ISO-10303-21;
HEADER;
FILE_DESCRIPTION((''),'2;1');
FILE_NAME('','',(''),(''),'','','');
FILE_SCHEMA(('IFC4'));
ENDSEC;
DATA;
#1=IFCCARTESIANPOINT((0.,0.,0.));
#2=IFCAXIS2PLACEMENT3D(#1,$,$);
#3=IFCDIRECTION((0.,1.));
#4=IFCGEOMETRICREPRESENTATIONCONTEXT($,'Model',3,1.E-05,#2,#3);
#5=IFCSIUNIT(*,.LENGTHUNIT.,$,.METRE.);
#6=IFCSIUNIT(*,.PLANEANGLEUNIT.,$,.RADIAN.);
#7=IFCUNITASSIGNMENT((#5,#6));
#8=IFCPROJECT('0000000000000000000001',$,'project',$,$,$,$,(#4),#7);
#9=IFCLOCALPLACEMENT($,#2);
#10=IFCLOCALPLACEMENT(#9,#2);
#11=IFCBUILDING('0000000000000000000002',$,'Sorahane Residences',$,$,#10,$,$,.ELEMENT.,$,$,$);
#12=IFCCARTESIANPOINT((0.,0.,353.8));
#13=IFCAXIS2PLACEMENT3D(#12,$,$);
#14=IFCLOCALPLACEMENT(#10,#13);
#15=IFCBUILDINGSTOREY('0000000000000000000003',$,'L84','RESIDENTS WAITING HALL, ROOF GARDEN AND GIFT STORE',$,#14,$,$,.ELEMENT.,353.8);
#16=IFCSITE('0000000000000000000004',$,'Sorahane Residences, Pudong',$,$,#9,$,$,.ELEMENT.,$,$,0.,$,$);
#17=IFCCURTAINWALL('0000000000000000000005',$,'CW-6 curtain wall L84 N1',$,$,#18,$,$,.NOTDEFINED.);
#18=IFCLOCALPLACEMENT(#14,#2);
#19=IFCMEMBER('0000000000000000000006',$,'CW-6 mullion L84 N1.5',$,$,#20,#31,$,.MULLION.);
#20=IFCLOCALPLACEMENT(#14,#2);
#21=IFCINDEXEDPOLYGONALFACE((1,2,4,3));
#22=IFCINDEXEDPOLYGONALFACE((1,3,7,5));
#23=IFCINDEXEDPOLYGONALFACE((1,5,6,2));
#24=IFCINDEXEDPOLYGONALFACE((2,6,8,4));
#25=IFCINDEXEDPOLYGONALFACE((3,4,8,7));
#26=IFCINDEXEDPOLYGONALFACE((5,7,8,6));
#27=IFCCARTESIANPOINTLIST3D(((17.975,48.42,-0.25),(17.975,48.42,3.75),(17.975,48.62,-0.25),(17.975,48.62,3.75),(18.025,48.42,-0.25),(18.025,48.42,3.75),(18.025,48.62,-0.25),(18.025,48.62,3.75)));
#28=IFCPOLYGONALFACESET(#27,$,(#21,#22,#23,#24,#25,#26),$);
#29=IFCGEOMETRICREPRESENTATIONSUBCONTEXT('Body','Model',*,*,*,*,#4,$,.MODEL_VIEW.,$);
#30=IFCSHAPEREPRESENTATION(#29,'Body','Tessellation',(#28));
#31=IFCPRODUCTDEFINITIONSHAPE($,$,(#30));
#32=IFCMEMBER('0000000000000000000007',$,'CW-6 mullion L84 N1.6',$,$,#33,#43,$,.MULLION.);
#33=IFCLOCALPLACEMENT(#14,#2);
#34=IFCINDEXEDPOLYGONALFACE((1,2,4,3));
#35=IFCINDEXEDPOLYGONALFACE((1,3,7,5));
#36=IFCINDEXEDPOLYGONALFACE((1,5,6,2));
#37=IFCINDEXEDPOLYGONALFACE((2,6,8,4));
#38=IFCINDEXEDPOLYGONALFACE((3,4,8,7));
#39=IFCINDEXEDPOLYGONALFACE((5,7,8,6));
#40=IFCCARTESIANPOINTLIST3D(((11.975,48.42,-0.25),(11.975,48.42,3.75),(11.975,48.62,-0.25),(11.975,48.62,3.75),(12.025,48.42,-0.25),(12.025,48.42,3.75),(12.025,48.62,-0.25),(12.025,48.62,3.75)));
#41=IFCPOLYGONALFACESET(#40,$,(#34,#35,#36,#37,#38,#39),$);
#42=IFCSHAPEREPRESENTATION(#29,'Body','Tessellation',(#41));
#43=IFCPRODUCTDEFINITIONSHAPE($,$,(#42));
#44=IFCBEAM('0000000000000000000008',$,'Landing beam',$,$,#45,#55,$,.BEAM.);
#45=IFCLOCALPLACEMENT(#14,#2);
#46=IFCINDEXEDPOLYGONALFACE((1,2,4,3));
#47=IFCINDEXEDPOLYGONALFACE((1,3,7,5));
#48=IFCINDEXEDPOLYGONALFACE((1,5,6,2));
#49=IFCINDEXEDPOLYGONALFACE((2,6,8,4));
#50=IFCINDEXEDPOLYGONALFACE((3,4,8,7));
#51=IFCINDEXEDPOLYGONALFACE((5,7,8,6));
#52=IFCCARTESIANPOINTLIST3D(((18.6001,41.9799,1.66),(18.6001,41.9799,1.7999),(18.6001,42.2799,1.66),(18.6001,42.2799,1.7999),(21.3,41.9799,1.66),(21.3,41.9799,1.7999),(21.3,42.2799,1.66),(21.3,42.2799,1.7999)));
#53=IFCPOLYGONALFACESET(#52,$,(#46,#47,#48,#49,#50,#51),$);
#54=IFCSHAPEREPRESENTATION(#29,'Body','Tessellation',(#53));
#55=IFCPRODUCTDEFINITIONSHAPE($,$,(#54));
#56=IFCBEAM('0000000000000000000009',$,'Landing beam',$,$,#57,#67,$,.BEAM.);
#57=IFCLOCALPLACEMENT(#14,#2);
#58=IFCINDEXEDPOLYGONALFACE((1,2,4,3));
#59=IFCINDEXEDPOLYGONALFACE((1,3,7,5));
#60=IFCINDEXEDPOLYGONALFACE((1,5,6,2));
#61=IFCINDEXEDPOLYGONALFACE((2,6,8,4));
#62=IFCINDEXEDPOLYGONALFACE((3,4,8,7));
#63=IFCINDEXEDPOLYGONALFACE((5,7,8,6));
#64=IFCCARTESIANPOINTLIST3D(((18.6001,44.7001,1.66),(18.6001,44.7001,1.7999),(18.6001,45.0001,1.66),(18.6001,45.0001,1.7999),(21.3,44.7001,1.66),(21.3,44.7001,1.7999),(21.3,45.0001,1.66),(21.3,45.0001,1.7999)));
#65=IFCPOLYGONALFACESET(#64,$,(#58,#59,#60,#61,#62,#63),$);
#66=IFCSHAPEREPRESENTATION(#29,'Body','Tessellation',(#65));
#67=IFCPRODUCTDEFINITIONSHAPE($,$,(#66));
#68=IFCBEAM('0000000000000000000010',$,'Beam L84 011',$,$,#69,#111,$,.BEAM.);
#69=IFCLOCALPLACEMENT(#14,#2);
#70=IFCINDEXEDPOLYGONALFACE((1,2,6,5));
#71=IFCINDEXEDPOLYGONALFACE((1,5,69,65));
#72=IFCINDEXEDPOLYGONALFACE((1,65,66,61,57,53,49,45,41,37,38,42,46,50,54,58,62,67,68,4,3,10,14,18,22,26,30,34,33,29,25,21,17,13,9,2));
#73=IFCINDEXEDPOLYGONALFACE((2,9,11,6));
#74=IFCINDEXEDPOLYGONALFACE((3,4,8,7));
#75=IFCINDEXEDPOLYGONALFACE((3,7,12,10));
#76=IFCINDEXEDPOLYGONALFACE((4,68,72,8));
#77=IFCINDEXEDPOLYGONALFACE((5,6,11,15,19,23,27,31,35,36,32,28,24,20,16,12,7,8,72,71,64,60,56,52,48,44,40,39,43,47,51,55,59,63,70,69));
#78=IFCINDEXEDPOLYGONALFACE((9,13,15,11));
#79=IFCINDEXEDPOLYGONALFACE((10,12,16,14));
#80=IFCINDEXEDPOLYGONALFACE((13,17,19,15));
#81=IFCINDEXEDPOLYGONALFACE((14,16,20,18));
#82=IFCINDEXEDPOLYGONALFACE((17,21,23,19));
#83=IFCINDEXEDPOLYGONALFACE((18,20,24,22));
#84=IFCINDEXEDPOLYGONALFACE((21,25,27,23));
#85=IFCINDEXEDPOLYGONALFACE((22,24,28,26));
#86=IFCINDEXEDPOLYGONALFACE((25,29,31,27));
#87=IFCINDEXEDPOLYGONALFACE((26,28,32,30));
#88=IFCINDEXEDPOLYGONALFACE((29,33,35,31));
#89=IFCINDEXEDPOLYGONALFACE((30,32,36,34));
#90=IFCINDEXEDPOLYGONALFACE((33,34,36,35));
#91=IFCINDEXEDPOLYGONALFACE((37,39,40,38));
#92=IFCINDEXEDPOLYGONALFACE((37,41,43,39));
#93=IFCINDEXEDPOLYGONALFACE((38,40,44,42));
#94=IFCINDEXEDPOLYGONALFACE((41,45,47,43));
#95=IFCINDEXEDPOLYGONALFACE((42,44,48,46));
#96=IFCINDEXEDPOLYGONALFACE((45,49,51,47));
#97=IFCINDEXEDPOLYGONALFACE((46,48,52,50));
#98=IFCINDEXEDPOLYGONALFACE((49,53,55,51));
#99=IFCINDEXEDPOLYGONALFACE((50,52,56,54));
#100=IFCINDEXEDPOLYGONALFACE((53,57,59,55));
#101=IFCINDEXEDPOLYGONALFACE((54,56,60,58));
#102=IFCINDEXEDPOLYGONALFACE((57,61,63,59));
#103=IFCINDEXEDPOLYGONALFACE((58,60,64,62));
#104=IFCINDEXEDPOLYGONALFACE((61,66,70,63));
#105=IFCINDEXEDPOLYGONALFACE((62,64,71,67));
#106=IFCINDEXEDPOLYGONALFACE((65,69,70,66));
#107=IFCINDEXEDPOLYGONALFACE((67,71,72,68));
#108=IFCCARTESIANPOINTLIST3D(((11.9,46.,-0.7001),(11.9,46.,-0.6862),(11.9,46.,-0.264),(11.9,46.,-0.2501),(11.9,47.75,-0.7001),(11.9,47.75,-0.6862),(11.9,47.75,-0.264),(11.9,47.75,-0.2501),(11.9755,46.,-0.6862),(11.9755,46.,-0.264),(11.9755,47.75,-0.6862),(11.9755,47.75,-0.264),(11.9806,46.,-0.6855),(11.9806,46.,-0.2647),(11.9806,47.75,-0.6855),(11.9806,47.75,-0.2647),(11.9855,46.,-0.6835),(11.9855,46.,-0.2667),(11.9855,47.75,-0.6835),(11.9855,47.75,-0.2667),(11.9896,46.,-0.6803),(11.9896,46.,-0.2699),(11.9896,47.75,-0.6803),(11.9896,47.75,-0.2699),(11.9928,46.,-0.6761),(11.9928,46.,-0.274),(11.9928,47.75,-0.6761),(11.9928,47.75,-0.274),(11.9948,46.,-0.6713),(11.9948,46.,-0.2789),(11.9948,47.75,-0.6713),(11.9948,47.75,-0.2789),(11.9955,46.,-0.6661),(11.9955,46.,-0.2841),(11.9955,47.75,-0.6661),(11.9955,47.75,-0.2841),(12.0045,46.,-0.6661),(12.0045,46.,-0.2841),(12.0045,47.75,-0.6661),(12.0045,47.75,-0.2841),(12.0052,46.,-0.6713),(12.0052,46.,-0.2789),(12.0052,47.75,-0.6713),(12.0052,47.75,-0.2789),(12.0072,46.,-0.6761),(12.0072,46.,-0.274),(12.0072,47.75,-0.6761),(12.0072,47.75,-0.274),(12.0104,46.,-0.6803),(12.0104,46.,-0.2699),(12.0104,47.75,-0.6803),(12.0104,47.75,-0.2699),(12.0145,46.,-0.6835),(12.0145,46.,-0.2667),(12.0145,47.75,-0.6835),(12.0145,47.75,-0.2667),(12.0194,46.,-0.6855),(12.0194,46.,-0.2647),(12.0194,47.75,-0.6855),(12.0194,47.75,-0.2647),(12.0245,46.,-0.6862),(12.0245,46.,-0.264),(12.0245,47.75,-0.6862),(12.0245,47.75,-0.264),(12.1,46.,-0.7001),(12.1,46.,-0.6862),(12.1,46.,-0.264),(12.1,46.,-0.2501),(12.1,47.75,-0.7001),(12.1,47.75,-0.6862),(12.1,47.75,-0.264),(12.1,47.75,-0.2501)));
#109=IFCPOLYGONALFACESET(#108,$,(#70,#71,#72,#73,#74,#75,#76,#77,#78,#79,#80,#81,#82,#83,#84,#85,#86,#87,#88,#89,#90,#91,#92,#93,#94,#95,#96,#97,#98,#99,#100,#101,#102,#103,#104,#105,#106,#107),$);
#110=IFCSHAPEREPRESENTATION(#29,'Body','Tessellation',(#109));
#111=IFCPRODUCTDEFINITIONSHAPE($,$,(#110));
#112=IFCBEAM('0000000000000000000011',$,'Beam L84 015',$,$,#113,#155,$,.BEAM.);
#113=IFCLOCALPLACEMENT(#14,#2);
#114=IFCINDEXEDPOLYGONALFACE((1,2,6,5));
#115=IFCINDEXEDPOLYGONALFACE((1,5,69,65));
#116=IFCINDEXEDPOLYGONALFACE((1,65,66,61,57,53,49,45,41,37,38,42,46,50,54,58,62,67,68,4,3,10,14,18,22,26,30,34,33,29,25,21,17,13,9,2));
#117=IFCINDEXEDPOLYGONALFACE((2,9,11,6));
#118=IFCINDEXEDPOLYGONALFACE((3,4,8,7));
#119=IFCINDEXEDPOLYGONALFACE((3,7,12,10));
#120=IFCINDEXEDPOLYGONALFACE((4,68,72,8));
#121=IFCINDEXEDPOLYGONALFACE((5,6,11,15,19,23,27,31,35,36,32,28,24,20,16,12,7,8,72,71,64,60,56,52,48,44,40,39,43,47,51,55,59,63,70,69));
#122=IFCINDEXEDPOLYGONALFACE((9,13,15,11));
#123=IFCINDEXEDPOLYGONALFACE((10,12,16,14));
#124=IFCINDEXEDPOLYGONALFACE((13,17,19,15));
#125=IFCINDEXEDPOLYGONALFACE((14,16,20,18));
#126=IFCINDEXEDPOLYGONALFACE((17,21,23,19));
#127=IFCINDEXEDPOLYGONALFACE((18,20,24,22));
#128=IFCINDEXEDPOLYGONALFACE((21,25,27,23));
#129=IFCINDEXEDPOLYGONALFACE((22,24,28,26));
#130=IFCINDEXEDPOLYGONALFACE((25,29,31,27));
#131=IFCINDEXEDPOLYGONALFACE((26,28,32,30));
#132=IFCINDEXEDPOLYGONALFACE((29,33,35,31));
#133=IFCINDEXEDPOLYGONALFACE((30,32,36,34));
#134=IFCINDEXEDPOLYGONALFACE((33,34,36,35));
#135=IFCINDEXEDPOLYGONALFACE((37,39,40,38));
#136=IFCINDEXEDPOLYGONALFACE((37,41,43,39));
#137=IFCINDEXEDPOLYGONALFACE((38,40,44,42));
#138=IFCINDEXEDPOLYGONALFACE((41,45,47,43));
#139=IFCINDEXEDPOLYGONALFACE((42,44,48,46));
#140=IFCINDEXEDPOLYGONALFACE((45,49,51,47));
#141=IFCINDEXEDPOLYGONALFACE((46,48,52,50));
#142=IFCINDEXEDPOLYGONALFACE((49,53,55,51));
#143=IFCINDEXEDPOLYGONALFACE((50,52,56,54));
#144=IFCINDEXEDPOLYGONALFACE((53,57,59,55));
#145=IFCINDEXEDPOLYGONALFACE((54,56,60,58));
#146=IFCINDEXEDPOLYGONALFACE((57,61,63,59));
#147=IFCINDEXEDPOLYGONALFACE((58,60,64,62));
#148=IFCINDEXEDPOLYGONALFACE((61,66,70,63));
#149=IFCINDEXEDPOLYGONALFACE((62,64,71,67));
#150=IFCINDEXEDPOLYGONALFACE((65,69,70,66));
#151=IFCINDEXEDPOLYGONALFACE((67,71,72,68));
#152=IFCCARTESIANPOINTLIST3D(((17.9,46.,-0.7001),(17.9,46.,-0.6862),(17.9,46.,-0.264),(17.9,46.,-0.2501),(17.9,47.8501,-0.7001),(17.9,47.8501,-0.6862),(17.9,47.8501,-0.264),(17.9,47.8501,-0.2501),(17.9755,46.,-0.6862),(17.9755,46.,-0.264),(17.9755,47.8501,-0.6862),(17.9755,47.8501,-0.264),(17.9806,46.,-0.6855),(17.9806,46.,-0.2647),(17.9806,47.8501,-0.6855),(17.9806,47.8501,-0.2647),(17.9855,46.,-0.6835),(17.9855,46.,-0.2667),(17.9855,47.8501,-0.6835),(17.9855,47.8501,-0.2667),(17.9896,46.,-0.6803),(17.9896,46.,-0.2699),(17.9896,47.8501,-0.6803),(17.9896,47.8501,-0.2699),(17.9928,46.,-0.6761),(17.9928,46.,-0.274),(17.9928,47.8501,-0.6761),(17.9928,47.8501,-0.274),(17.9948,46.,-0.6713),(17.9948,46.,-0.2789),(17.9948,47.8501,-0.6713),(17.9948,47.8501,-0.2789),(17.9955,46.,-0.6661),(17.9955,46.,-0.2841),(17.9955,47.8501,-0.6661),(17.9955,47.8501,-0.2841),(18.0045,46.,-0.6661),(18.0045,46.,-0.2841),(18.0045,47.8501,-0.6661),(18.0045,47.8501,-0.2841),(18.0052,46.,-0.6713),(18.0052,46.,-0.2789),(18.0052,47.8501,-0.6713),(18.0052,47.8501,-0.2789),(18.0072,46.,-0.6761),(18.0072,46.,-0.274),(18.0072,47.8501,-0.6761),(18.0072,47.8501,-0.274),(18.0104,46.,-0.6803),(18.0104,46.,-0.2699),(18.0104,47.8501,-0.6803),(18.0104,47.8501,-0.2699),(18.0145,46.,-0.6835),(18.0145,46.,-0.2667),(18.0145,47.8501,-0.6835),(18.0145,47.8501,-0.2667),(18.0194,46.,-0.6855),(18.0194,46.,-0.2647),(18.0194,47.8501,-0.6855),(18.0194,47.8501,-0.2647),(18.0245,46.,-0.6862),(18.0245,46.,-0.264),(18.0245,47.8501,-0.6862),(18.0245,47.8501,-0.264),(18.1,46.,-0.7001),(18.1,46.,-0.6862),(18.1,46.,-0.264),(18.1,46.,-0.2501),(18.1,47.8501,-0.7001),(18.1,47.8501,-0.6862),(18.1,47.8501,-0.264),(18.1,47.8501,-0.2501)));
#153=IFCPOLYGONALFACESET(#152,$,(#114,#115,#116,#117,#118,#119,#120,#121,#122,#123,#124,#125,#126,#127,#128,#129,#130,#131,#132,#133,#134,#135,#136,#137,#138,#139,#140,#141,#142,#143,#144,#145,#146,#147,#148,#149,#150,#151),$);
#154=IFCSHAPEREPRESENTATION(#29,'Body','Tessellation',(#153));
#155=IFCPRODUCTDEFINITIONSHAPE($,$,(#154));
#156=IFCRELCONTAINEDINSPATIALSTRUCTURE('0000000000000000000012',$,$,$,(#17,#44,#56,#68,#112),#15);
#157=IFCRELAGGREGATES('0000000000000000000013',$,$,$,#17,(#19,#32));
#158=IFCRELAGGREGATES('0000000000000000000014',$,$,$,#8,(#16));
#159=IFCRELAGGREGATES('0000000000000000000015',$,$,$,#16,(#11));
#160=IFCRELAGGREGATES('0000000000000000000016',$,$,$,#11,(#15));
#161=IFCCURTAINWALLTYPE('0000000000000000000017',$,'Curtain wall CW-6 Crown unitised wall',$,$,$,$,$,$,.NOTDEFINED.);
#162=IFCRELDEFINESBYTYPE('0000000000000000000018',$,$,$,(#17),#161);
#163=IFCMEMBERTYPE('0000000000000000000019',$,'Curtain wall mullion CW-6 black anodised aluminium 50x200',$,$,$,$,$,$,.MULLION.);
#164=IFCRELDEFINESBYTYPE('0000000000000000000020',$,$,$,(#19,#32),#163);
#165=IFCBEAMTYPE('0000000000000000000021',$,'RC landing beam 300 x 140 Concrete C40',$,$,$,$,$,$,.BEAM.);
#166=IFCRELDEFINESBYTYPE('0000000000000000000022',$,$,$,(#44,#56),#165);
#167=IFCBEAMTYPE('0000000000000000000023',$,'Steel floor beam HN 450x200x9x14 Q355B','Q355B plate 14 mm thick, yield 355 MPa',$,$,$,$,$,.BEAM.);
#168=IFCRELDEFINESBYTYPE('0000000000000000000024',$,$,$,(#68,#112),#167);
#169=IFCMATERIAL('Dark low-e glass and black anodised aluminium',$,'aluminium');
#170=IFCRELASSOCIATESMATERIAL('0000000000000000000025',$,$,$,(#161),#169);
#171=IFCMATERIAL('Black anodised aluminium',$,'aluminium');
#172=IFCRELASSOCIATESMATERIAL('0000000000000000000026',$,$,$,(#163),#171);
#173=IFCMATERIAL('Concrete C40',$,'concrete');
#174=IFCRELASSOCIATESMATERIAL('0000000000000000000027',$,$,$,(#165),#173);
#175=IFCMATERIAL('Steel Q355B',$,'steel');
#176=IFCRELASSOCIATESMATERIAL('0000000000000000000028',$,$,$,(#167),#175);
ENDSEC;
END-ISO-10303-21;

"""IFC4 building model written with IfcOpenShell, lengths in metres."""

from ifc_helpers import new_model, si_unit, direction, frame, origin, origin_2d, place, context, subcontext, project, spatial, rectangle, i_section, extrude, material, material_profile, profile_set, type_object, element, aggregate, save


model = new_model("IFC4")

# Units and contexts
model_context = context("Model", 3, precision=1e-05, world=origin(), true_north=direction((0.0, 1.0)))
body_context = subcontext(model_context, "Body", "Model", "MODEL_VIEW")
ifc_project = project(units=[si_unit("LENGTHUNIT", "METRE"), si_unit("PLANEANGLEUNIT", "RADIAN")], contexts=[model_context])

# Site, building, storey
site_placement = place(None, origin())
site = spatial("IfcSite", under=ifc_project, at=site_placement, Name="Sorahane Residences, Pudong", CompositionType="ELEMENT", RefElevation=0.0)
building_placement = place(site_placement, origin())
building = spatial("IfcBuilding", under=site, at=building_placement, Name="Sorahane Residences", CompositionType="ELEMENT")
storey_placement = place(building_placement, frame((0.0, 0.0, 353.8)))
storey = spatial("IfcBuildingStorey", under=building, at=storey_placement, Name="L84", Description="RESIDENTS WAITING HALL, ROOF GARDEN AND GIFT STORE", CompositionType="ELEMENT", Elevation=353.8)

# Curtain wall, members
ifc_material_1 = material(Name="Dark low-e glass and black anodised aluminium", Category="aluminium")
curtain_wall_type = type_object("IfcCurtainWallType", Name="Curtain wall CW-6 Crown unitised wall", PredefinedType="NOTDEFINED", material=ifc_material_1)
curtain_wall_placement = place(storey_placement, origin())
curtain_wall = element("IfcCurtainWall", 1, at=curtain_wall_placement, inside=storey, type_object=curtain_wall_type, Name="CW-6 curtain wall L84 N1", PredefinedType="NOTDEFINED")
ifc_material_2 = material(Name="Black anodised aluminium", Category="aluminium")
ifc_material_profile_1 = material_profile(ifc_material_2, rectangle(XDim=0.2, YDim=0.05, at=origin_2d()), Name="Curtain wall mullion CW-6 black anodised aluminium 50x200")
ifc_profile_set_1 = profile_set([ifc_material_profile_1], Name="Black anodised aluminium")
member_type_1 = type_object("IfcMemberType", Name="Curtain wall mullion CW-6 black anodised aluminium 50x200", PredefinedType="MULLION", material=ifc_profile_set_1)
member_1_placement = place(storey_placement, frame((18.0, 48.52, -0.25), z_axis=(0.0, 0.0, 1.0), x_axis=(0.0, 1.0, 0.0)))
member_1 = element("IfcMember", 2, at=member_1_placement, type_object=member_type_1, Name="CW-6 mullion L84 N1.5", PredefinedType="MULLION", context=body_context, shape_type="SweptSolid", body=[
    extrude(rectangle(XDim=0.2, YDim=0.05, at=origin_2d()), origin(), (0.0, 0.0, 1.0), 4.0),
])
member_2_placement = place(storey_placement, frame((12.0, 48.52, -0.25), z_axis=(0.0, 0.0, 1.0), x_axis=(0.0, 1.0, 0.0)))
member_2 = element("IfcMember", 3, at=member_2_placement, type_object=member_type_1, Name="CW-6 mullion L84 N1.6", PredefinedType="MULLION", context=body_context, shape_type="SweptSolid", body=[
    extrude(rectangle(XDim=0.2, YDim=0.05, at=origin_2d()), origin(), (0.0, 0.0, 1.0), 4.0),
])

# Beams
ifc_material_3 = material(Name="Concrete C40", Category="concrete")
ifc_material_profile_2 = material_profile(ifc_material_3, rectangle(XDim=0.3, YDim=0.1399, at=origin_2d()), Name="300x140")
ifc_profile_set_2 = profile_set([ifc_material_profile_2], Name="Concrete C40")
beam_type_1 = type_object("IfcBeamType", Name="RC landing beam 300 x 140 Concrete C40", PredefinedType="BEAM", material=ifc_profile_set_2)
for number, where, z_axis, x_axis, name in (
    (4, (18.6001, 42.1299, 1.73), (1.0, 0.0, 0.0), (0.0, 1.0, 0.0), "Landing beam"),
    (5, (18.6001, 44.8501, 1.73), (1.0, 0.0, 0.0), (0.0, 1.0, 0.0), "Landing beam"),
):
    element("IfcBeam", number, at=place(storey_placement, frame(where, z_axis=z_axis, x_axis=x_axis)), inside=storey, type_object=beam_type_1, Name=name, PredefinedType="BEAM", context=body_context, shape_type="SweptSolid", body=[
        extrude(rectangle(XDim=0.3, YDim=0.1399, at=origin_2d()), origin(), (0.0, 0.0, 1.0), 2.7),
    ])
ifc_material_4 = material(Name="Steel Q355B", Category="steel")
ifc_material_profile_3 = material_profile(ifc_material_4, i_section(OverallWidth=0.2, OverallDepth=0.45, WebThickness=0.009, FlangeThickness=0.0139, FilletRadius=0.02, at=origin_2d()), Name="HN 450x200x9x14")
ifc_profile_set_3 = profile_set([ifc_material_profile_3], Name="Steel Q355B")
beam_type_2 = type_object("IfcBeamType", Name="Steel floor beam HN 450x200x9x14 Q355B", Description="Q355B plate 14 mm thick, yield 355 MPa", PredefinedType="BEAM", material=ifc_profile_set_3)
beam_1_placement = place(storey_placement, frame((12.0, 46.0, -0.4751), z_axis=(0.0, 1.0, 0.0), x_axis=(-1.0, 0.0, 0.0)))
element("IfcBeam", 6, at=beam_1_placement, inside=storey, type_object=beam_type_2, Name="Beam L84 011", PredefinedType="BEAM", context=body_context, shape_type="SweptSolid", body=[
    extrude(i_section(OverallWidth=0.2, OverallDepth=0.45, WebThickness=0.009, FlangeThickness=0.0139, FilletRadius=0.02, at=origin_2d()), origin(), (0.0, 0.0, 1.0), 1.75),
])
beam_2_placement = place(storey_placement, frame((18.0, 46.0, -0.4751), z_axis=(0.0, 1.0, 0.0), x_axis=(-1.0, 0.0, 0.0)))
element("IfcBeam", 7, at=beam_2_placement, inside=storey, type_object=beam_type_2, Name="Beam L84 015", PredefinedType="BEAM", context=body_context, shape_type="SweptSolid", body=[
    extrude(i_section(OverallWidth=0.2, OverallDepth=0.45, WebThickness=0.009, FlangeThickness=0.0139, FilletRadius=0.02, at=origin_2d()), origin(), (0.0, 0.0, 1.0), 1.8501),
])

aggregate(curtain_wall, [member_1, member_2])

save(model, "model.ifc")
